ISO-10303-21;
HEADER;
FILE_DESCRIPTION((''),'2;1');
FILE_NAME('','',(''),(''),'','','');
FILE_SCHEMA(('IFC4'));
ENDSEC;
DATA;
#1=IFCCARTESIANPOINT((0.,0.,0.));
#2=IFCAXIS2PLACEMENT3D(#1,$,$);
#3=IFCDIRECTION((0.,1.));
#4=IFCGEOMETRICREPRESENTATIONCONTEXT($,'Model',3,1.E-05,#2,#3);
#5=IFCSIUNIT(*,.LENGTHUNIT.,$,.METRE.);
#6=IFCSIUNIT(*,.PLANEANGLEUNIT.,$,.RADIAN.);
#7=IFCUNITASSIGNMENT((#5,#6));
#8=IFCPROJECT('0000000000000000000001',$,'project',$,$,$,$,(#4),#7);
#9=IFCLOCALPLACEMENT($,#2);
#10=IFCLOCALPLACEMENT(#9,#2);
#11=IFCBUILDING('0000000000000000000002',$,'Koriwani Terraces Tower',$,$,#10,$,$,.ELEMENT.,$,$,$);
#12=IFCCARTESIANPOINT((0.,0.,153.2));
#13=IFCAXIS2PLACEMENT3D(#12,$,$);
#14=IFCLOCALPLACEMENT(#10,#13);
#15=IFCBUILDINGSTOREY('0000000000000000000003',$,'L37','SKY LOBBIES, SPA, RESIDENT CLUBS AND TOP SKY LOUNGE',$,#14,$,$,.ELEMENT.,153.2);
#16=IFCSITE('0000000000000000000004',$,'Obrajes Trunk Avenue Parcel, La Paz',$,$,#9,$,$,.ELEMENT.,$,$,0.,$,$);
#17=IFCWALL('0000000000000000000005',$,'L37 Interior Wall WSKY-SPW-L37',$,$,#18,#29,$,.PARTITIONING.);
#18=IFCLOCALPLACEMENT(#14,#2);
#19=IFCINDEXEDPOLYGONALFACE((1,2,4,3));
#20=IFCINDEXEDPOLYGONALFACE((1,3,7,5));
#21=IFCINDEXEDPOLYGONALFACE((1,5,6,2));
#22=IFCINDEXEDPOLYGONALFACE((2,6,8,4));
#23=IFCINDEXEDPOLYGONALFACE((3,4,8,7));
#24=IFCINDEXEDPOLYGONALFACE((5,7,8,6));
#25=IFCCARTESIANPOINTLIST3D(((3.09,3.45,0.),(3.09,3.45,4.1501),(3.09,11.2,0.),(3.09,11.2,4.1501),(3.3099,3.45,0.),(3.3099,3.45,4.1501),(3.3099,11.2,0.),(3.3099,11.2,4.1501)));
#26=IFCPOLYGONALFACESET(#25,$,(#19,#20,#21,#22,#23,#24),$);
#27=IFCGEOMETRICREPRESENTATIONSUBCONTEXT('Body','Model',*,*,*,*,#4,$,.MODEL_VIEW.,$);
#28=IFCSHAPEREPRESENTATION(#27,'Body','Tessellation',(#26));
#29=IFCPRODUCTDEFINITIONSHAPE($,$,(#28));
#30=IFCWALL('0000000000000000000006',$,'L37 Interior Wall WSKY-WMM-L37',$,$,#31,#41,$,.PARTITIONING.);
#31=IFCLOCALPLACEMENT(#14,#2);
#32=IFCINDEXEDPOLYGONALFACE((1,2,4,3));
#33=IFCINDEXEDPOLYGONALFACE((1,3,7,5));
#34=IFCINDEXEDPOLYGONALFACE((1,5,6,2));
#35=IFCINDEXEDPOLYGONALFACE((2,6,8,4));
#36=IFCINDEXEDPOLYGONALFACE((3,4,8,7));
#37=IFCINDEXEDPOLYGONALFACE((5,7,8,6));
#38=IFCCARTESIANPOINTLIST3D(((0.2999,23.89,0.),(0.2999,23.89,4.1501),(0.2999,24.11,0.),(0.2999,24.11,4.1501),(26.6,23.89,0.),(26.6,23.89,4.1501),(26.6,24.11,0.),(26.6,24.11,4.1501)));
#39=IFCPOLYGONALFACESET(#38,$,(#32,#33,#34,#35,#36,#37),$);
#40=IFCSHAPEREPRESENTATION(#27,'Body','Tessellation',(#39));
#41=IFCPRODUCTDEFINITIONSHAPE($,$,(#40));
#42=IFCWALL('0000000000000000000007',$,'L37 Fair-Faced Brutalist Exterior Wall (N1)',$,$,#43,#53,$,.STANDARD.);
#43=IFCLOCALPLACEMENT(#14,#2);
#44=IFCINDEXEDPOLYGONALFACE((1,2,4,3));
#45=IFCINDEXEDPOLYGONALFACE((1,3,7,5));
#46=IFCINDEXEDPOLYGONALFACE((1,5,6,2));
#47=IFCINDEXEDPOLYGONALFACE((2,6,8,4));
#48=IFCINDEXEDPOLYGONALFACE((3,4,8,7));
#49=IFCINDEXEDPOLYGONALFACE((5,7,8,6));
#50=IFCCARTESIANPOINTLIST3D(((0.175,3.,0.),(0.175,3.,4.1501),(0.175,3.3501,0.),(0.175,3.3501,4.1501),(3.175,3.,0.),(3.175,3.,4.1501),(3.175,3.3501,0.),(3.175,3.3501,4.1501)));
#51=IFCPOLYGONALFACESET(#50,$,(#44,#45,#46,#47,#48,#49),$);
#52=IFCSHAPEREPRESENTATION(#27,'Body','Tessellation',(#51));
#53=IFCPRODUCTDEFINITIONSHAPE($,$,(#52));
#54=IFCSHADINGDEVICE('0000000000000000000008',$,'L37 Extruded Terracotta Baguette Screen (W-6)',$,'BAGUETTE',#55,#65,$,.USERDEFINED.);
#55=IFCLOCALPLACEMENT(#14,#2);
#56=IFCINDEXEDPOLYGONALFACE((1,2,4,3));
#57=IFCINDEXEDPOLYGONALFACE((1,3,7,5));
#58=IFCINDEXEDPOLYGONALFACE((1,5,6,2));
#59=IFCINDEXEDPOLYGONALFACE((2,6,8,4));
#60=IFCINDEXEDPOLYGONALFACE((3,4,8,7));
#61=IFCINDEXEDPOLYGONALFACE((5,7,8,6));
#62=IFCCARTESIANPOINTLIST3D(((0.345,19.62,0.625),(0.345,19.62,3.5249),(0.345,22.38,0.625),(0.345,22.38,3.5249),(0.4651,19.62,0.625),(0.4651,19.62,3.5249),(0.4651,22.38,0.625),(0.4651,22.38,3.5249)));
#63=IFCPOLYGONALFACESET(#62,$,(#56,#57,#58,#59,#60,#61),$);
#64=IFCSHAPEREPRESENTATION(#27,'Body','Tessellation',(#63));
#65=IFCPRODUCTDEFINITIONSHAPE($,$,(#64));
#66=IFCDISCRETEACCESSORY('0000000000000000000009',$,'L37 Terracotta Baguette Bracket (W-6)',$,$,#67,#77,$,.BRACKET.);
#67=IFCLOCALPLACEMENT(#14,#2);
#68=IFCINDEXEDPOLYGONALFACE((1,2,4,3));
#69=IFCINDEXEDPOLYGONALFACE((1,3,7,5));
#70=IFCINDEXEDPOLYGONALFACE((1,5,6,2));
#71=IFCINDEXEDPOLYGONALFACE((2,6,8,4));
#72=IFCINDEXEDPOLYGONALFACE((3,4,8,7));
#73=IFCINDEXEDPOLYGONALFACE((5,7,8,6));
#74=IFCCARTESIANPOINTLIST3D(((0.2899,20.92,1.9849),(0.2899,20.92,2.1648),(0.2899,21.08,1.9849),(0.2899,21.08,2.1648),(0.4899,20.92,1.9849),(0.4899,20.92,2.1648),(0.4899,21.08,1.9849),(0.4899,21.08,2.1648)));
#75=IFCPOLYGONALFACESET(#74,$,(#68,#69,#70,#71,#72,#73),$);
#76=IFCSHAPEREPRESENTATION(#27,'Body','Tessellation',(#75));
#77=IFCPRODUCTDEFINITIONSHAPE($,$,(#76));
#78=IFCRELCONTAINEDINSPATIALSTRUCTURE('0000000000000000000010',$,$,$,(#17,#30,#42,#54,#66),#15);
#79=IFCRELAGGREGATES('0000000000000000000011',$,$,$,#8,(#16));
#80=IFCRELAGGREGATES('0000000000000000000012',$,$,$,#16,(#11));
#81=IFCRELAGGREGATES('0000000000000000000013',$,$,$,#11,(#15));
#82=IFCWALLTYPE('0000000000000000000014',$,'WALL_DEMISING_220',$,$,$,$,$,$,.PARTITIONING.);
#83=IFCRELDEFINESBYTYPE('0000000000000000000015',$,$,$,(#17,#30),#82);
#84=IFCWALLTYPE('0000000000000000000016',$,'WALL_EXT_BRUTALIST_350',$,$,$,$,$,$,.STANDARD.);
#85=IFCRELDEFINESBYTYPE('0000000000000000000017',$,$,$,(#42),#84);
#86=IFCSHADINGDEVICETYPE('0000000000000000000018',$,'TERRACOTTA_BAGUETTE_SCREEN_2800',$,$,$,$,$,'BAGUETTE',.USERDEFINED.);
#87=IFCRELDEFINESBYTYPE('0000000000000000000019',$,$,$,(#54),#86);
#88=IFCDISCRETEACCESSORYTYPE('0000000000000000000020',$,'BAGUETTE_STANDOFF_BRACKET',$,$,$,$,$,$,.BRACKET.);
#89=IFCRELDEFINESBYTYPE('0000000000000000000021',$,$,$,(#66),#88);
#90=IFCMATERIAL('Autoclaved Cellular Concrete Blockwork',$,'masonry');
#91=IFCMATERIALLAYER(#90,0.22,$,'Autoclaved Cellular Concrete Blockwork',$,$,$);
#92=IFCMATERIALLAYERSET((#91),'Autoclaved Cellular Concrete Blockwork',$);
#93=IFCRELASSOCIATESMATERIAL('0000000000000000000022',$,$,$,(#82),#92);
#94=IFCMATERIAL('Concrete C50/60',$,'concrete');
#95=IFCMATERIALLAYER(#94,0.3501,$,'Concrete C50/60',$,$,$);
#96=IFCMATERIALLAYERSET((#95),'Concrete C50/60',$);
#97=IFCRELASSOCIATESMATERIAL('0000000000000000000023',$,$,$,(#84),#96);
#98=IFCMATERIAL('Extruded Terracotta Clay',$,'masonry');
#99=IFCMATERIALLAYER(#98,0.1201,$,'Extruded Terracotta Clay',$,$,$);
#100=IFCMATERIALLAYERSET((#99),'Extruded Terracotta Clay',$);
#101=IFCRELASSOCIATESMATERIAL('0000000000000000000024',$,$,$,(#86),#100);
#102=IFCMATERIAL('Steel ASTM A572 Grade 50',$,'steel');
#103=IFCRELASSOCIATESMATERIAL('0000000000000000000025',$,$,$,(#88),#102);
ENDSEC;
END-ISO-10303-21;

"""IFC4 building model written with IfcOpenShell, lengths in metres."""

from ifc_helpers import new_model, si_unit, direction, frame, frame_2d, origin, origin_2d, place, context, subcontext, project, spatial, rectangle, extrude, material, layer, layer_set, type_object, element, save


model = new_model("IFC4")

# Units and contexts
model_context = context("Model", 3, precision=1e-05, world=origin(), true_north=direction((0.0, 1.0)))
body_context = subcontext(model_context, "Body", "Model", "MODEL_VIEW")
ifc_project = project(units=[si_unit("LENGTHUNIT", "METRE"), si_unit("PLANEANGLEUNIT", "RADIAN")], contexts=[model_context])

# Site, building, storey
site_placement = place(None, origin())
site = spatial("IfcSite", under=ifc_project, at=site_placement, Name="Obrajes Trunk Avenue Parcel, La Paz", CompositionType="ELEMENT", RefElevation=0.0)
building_placement = place(site_placement, origin())
building = spatial("IfcBuilding", under=site, at=building_placement, Name="Koriwani Terraces Tower", CompositionType="ELEMENT")
storey_placement = place(building_placement, frame((0.0, 0.0, 153.2)))
storey = spatial("IfcBuildingStorey", under=building, at=storey_placement, Name="L37", Description="SKY LOBBIES, SPA, RESIDENT CLUBS AND TOP SKY LOUNGE", CompositionType="ELEMENT", Elevation=153.2)

# Shared definitions
ifc_material_1 = material(Name="Concrete C50/60", Category="concrete")

# Shared definitions
ifc_material_2 = material(Name="Steel ASTM A572 Grade 50", Category="steel")

# Shared definitions
ifc_material_3 = material(Name="Autoclaved Cellular Concrete Blockwork", Category="masonry")

# Walls
ifc_layer_1 = layer(ifc_material_3, 0.22, Name="Autoclaved Cellular Concrete Blockwork")
ifc_layer_set_1 = layer_set([ifc_layer_1], Name="Autoclaved Cellular Concrete Blockwork")
wall_type_1 = type_object("IfcWallType", Name="WALL_DEMISING_220", PredefinedType="PARTITIONING", material=ifc_layer_set_1)
wall_1_placement = place(storey_placement, frame((3.2, 3.45, 0.0), z_axis=(0.0, 0.0, 1.0), x_axis=(0.0, 1.0, 0.0)))
element("IfcWall", 1, at=wall_1_placement, inside=storey, type_object=wall_type_1, Name="L37 Interior Wall WSKY-SPW-L37", PredefinedType="PARTITIONING", context=body_context, shape_type="SweptSolid", body=[
    extrude(rectangle(XDim=7.75, YDim=0.22, at=frame_2d((3.875, 0.0))), origin(), (0.0, 0.0, 1.0), 4.1501),
])
wall_2_placement = place(storey_placement, frame((0.3, 24.0, 0.0), z_axis=(0.0, 0.0, 1.0), x_axis=(1.0, 0.0, 0.0)))
element("IfcWall", 2, at=wall_2_placement, inside=storey, type_object=wall_type_1, Name="L37 Interior Wall WSKY-WMM-L37", PredefinedType="PARTITIONING", context=body_context, shape_type="SweptSolid", body=[
    extrude(rectangle(XDim=26.3, YDim=0.22, at=frame_2d((13.1499, 0.0))), origin(), (0.0, 0.0, 1.0), 4.1501),
])
ifc_layer_2 = layer(ifc_material_1, 0.3501, Name="Concrete C50/60")
ifc_layer_set_2 = layer_set([ifc_layer_2], Name="Concrete C50/60")
wall_type_2 = type_object("IfcWallType", Name="WALL_EXT_BRUTALIST_350", PredefinedType="STANDARD", material=ifc_layer_set_2)
wall_3_placement = place(storey_placement, frame((3.175, 3.175, 0.0), z_axis=(0.0, 0.0, 1.0), x_axis=(-1.0, 0.0, 0.0)))
element("IfcWall", 3, at=wall_3_placement, inside=storey, type_object=wall_type_2, Name="L37 Fair-Faced Brutalist Exterior Wall (N1)", PredefinedType="STANDARD", context=body_context, shape_type="SweptSolid", body=[
    extrude(rectangle(XDim=3.0, YDim=0.3501, at=frame_2d((1.5, 0.0))), origin(), (0.0, 0.0, 1.0), 4.1501),
])

# Shading device
ifc_material_4 = material(Name="Extruded Terracotta Clay", Category="masonry")
ifc_layer_3 = layer(ifc_material_4, 0.1201, Name="Extruded Terracotta Clay")
ifc_layer_set_3 = layer_set([ifc_layer_3], Name="Extruded Terracotta Clay")
shading_device_type = type_object("IfcShadingDeviceType", Name="TERRACOTTA_BAGUETTE_SCREEN_2800", ElementType="BAGUETTE", PredefinedType="USERDEFINED", material=ifc_layer_set_3)
shading_device_placement = place(storey_placement, frame((0.405, 21.0, 0.625), z_axis=(0.0, 0.0, 1.0), x_axis=(0.0, 1.0, 0.0)))
element("IfcShadingDevice", 4, at=shading_device_placement, inside=storey, type_object=shading_device_type, Name="L37 Extruded Terracotta Baguette Screen (W-6)", ObjectType="BAGUETTE", PredefinedType="USERDEFINED", context=body_context, shape_type="SweptSolid", body=[
    extrude(rectangle(XDim=2.76, YDim=0.1201, at=origin_2d()), origin(), (0.0, 0.0, 1.0), 2.8999),
])

# Discrete accessory
discrete_accessory_type = type_object("IfcDiscreteAccessoryType", Name="BAGUETTE_STANDOFF_BRACKET", PredefinedType="BRACKET", material=ifc_material_2)
discrete_accessory_placement = place(storey_placement, frame((0.3899, 21.0, 1.9849), z_axis=(0.0, 0.0, 1.0), x_axis=(0.0, 1.0, 0.0)))
element("IfcDiscreteAccessory", 5, at=discrete_accessory_placement, inside=storey, type_object=discrete_accessory_type, Name="L37 Terracotta Baguette Bracket (W-6)", PredefinedType="BRACKET", context=body_context, shape_type="SweptSolid", body=[
    extrude(rectangle(XDim=0.1599, YDim=0.2, at=origin_2d()), origin(), (0.0, 0.0, 1.0), 0.1799),
])

save(model, "model.ifc")
